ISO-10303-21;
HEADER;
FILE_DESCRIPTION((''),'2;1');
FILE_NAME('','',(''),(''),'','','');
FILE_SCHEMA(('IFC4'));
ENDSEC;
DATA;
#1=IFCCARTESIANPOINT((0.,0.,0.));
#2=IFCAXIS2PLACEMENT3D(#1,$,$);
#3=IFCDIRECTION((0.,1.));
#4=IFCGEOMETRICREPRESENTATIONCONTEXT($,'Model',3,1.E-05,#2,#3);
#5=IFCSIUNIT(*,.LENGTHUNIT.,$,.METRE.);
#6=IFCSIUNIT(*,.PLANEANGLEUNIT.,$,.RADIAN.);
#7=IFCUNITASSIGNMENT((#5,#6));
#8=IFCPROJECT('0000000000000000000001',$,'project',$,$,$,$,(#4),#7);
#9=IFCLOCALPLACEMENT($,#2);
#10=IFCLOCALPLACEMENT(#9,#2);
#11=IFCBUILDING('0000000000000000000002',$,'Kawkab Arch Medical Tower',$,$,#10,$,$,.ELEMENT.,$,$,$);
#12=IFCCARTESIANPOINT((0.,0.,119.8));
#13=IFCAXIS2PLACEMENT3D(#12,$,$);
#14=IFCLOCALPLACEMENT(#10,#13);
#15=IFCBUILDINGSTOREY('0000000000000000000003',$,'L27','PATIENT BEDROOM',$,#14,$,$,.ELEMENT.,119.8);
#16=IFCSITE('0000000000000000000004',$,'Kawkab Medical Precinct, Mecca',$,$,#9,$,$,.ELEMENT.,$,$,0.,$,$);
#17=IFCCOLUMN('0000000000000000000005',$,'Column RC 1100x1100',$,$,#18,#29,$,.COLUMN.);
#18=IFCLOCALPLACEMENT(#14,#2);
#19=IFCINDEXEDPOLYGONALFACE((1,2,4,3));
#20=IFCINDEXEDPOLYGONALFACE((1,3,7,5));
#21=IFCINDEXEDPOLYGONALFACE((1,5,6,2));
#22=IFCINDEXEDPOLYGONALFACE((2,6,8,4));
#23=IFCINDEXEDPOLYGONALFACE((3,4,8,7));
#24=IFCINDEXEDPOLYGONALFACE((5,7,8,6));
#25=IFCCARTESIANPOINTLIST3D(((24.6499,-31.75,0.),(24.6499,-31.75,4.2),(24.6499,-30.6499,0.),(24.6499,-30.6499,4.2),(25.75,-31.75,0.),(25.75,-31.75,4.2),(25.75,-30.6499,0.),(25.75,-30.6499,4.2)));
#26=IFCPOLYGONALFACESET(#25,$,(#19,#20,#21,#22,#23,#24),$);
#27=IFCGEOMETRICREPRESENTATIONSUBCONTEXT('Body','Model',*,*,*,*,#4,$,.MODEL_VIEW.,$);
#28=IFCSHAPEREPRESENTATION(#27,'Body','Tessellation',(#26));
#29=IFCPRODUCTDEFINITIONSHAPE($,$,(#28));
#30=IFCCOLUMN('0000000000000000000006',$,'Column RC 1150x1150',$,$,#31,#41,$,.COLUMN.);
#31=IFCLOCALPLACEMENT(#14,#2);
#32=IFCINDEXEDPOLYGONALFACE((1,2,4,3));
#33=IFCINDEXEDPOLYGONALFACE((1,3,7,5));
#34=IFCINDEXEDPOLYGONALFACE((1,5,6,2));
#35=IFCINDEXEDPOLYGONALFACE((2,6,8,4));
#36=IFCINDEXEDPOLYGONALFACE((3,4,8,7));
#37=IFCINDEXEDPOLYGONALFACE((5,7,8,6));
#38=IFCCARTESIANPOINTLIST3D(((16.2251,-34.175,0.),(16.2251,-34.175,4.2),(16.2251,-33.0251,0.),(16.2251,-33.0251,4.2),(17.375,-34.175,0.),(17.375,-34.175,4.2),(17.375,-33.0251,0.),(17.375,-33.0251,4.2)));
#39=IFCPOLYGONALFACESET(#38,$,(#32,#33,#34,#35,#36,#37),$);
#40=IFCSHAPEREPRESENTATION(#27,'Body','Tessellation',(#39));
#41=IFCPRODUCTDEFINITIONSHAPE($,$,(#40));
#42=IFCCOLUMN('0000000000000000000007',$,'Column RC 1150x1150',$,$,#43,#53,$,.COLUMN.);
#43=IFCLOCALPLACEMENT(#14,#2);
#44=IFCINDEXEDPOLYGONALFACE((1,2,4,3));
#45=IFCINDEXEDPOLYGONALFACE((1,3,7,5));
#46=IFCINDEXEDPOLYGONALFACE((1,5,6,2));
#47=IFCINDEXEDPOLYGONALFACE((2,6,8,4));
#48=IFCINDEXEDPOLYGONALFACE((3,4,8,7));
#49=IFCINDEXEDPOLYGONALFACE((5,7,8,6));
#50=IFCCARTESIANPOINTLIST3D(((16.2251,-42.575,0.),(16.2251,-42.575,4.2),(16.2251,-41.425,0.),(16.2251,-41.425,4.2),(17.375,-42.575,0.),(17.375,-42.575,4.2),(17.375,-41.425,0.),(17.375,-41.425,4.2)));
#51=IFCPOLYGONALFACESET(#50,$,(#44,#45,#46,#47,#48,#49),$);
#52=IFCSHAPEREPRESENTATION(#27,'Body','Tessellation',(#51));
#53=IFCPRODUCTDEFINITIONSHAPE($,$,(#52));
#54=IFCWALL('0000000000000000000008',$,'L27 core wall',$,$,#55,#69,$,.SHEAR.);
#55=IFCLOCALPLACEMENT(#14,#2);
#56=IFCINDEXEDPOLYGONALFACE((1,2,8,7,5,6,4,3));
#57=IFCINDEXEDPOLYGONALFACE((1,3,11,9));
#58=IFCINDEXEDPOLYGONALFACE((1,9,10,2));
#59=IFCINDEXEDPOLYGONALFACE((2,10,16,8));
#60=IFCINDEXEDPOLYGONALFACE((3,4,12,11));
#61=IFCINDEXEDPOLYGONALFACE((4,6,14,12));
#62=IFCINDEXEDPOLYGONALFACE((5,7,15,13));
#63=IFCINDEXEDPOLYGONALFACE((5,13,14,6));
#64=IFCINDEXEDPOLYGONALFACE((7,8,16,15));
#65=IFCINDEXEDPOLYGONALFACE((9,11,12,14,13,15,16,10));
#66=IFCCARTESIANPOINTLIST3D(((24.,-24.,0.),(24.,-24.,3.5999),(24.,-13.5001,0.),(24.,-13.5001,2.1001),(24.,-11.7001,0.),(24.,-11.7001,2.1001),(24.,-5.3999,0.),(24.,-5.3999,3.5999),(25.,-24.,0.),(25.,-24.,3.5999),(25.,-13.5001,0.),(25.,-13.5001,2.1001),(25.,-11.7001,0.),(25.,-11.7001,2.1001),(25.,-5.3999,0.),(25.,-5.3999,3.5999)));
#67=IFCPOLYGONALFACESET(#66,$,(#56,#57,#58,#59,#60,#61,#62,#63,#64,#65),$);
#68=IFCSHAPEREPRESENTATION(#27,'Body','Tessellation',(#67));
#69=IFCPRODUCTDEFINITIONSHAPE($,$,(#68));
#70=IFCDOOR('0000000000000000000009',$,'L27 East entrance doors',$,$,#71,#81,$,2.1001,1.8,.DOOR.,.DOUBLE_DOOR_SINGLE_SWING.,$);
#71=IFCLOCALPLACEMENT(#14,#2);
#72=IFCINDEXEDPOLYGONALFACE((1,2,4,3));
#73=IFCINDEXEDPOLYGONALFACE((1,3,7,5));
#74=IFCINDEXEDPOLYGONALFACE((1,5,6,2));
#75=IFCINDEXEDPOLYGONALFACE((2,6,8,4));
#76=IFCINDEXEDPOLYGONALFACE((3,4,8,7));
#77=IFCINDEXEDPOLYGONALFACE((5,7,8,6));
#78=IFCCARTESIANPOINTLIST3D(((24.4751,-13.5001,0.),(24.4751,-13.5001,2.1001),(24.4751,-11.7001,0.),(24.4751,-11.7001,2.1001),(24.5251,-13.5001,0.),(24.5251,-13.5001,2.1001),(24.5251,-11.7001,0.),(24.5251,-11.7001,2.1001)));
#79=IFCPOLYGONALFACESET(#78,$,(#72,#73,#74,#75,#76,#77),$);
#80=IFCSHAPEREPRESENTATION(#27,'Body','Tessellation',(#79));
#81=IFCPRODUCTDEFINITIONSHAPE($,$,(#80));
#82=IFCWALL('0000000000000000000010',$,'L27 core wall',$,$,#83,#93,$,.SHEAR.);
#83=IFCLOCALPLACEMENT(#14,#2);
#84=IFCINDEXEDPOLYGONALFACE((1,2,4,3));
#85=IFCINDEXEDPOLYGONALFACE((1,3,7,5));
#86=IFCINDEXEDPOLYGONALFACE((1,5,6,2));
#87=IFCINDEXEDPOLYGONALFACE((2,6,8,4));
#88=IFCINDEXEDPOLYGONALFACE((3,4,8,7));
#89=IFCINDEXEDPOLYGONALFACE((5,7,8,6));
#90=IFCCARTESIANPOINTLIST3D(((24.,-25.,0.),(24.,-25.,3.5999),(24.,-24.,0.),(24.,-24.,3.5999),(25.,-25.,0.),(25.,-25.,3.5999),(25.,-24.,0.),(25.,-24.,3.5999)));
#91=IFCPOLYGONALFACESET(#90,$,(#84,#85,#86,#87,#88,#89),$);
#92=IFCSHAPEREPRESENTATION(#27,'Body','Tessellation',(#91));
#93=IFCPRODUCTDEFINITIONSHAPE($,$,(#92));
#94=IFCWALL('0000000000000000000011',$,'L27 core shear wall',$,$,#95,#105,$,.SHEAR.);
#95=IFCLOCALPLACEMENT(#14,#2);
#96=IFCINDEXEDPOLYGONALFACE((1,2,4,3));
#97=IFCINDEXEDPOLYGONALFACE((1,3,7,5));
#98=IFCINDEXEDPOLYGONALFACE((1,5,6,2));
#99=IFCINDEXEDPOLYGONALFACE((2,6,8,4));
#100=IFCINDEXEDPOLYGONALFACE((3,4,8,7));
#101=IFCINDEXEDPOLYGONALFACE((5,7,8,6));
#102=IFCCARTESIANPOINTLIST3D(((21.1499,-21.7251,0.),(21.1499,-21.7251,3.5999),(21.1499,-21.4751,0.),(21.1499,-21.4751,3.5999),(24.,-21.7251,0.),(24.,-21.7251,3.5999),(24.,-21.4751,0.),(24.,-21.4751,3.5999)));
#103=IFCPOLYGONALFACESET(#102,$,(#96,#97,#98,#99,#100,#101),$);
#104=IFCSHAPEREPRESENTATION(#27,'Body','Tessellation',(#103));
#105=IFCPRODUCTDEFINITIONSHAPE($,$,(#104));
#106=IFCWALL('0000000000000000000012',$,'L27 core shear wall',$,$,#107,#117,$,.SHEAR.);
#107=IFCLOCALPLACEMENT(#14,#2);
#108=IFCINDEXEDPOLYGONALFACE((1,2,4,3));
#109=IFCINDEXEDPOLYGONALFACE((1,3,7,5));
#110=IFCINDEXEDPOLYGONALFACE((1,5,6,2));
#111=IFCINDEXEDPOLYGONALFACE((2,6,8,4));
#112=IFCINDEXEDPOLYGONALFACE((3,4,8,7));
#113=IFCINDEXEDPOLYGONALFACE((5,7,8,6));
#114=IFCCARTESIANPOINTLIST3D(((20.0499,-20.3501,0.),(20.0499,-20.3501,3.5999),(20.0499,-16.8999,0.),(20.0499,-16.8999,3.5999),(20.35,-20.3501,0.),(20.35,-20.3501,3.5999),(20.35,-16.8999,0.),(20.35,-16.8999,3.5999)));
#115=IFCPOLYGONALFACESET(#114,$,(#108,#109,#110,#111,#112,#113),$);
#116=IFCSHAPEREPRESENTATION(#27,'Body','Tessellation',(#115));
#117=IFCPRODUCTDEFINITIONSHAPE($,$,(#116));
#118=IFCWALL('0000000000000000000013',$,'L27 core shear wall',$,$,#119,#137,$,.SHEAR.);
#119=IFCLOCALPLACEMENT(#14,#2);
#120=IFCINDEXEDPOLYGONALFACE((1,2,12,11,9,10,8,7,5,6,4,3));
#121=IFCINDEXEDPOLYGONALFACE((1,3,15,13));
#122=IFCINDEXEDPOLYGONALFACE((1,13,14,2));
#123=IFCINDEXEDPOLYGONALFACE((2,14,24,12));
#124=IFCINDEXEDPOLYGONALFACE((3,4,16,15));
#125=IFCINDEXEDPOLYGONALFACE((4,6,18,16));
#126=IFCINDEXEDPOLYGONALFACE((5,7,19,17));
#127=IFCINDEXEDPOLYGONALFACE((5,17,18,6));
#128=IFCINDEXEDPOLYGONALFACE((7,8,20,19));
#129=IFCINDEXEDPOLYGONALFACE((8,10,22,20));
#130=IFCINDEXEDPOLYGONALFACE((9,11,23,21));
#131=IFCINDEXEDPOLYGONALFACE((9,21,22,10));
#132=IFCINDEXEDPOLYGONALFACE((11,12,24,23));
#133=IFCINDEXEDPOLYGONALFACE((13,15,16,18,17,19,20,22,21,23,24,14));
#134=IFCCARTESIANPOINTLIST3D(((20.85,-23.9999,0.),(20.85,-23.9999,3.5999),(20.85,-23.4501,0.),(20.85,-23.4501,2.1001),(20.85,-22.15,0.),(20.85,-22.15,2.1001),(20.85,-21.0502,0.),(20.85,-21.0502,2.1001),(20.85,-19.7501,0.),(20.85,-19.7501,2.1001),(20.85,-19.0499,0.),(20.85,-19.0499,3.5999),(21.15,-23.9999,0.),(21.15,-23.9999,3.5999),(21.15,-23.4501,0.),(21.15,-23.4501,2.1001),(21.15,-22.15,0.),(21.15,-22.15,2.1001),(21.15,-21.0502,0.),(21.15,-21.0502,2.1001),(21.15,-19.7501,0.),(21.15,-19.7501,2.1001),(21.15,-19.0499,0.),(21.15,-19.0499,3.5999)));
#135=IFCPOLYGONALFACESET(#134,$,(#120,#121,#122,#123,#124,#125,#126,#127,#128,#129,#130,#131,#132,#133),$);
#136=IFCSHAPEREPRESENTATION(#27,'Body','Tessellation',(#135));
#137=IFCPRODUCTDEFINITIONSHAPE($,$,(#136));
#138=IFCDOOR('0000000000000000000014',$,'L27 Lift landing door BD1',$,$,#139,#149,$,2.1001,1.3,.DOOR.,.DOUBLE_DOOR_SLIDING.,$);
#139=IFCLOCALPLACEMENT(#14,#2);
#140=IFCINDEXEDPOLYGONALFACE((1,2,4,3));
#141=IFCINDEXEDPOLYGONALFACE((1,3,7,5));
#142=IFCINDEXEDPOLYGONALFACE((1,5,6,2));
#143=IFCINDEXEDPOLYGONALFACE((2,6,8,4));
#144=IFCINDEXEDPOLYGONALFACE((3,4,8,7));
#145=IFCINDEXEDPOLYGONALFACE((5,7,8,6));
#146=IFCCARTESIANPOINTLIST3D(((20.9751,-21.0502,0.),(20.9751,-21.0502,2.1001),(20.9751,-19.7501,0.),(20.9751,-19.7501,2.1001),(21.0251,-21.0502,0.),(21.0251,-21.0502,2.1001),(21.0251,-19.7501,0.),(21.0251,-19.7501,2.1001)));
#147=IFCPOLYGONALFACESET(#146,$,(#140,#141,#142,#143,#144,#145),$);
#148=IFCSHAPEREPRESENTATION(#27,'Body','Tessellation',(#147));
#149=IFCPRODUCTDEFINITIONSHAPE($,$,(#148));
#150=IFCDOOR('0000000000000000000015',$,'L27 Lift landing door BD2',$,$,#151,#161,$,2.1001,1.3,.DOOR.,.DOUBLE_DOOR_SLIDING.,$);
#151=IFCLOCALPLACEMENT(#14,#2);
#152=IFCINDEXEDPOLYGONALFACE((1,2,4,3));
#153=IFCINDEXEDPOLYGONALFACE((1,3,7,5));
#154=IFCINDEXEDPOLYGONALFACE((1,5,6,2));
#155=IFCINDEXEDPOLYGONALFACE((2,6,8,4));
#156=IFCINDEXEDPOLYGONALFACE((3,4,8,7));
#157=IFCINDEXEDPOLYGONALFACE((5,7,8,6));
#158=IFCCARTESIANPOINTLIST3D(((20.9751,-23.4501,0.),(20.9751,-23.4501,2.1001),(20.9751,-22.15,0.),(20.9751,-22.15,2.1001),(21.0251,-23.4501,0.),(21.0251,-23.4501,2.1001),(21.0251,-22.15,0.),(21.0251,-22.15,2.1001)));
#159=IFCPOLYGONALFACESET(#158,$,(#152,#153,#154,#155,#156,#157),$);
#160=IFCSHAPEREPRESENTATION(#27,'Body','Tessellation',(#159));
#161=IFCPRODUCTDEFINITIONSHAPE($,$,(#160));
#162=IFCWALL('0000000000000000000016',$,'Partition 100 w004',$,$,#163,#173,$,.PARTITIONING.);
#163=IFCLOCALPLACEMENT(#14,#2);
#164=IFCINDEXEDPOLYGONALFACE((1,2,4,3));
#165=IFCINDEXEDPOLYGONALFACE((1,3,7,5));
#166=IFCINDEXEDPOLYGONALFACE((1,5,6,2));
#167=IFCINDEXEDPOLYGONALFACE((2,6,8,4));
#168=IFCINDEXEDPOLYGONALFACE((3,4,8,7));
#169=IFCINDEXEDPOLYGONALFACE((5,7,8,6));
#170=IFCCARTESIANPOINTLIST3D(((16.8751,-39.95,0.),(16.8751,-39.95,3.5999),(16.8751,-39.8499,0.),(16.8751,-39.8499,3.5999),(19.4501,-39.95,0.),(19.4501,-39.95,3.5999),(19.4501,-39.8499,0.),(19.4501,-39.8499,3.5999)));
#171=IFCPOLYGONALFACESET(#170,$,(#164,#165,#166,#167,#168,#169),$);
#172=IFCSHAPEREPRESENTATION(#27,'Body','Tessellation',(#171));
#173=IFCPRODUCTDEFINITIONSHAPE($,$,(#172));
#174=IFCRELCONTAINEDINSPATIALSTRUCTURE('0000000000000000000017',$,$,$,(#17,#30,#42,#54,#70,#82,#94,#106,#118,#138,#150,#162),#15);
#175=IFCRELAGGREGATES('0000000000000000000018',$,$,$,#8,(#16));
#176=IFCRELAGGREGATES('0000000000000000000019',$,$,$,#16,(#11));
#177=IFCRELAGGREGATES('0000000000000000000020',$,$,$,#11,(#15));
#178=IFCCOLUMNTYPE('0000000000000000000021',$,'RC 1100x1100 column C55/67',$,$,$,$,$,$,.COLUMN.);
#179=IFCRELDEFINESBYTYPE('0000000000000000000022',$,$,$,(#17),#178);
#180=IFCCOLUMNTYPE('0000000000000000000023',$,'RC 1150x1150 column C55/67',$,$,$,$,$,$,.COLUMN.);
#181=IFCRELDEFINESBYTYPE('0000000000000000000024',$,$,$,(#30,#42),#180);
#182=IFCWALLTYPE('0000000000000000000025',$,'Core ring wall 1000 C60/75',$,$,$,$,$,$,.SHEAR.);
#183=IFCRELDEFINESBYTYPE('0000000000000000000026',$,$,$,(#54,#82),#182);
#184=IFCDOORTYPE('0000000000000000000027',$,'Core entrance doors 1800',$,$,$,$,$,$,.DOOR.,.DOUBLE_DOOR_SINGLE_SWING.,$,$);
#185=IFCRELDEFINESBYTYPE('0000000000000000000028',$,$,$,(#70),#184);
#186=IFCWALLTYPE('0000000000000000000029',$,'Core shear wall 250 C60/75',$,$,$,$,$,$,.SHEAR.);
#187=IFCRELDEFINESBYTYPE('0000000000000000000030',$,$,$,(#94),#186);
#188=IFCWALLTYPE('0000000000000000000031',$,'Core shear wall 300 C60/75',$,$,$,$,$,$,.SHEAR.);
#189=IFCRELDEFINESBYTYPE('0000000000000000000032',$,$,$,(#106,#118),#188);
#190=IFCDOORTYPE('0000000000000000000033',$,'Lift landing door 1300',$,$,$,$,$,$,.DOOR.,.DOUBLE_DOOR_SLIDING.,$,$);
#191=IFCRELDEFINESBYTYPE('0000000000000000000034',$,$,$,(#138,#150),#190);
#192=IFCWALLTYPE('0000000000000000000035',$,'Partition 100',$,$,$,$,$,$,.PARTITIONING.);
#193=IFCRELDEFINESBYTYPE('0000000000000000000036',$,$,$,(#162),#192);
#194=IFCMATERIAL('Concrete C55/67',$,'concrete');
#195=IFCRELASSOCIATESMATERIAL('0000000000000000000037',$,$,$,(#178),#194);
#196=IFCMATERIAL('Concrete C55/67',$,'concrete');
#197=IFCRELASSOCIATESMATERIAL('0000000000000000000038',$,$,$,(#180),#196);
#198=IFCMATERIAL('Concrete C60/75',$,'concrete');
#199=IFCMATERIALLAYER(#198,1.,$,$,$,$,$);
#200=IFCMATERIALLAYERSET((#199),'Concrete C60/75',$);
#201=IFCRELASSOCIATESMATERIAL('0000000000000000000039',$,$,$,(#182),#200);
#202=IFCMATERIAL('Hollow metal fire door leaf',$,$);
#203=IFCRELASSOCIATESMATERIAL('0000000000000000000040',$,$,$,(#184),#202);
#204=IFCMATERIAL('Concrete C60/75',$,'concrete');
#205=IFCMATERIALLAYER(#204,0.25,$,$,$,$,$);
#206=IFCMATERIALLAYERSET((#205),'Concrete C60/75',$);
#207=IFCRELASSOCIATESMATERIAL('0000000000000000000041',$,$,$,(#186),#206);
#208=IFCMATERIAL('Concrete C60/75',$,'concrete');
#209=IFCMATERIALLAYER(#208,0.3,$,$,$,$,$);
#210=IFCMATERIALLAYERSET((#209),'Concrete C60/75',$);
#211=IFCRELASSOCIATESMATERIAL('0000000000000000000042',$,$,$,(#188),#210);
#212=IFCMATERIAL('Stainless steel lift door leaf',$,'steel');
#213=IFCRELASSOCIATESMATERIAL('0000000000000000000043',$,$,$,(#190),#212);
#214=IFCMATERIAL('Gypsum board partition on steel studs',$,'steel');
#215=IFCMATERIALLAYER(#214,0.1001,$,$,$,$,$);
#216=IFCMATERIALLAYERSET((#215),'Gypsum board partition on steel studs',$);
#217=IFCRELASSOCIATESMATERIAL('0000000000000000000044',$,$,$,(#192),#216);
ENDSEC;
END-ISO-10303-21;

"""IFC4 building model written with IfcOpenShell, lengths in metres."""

from ifc_helpers import new_model, si_unit, direction, frame, frame_2d, origin, origin_2d, place, context, subcontext, project, spatial, rectangle, extrude, material, layer, layer_set, material_profile, profile_set, type_object, element, fill, save


model = new_model("IFC4")

# Units and contexts
model_context = context("Model", 3, precision=1e-05, world=origin(), true_north=direction((0.0, 1.0)))
body_context = subcontext(model_context, "Body", "Model", "MODEL_VIEW")
ifc_project = project(units=[si_unit("LENGTHUNIT", "METRE"), si_unit("PLANEANGLEUNIT", "RADIAN")], contexts=[model_context])

# Site, building, storey
site_placement = place(None, origin())
site = spatial("IfcSite", under=ifc_project, at=site_placement, Name="Kawkab Medical Precinct, Mecca", CompositionType="ELEMENT", RefElevation=0.0)
building_placement = place(site_placement, origin())
building = spatial("IfcBuilding", under=site, at=building_placement, Name="Kawkab Arch Medical Tower", CompositionType="ELEMENT")
storey_placement = place(building_placement, frame((0.0, 0.0, 119.8)))
storey = spatial("IfcBuildingStorey", under=building, at=storey_placement, Name="L27", Description="PATIENT BEDROOM", CompositionType="ELEMENT", Elevation=119.8)

# Columns
ifc_material_1 = material(Name="Concrete C55/67", Category="concrete")
ifc_material_profile_1 = material_profile(ifc_material_1, rectangle(XDim=1.1001, YDim=1.1001, at=origin_2d()), Name="RC 1100x1100")
ifc_profile_set_1 = profile_set([ifc_material_profile_1], Name="Concrete C55/67")
column_type_1 = type_object("IfcColumnType", Name="RC 1100x1100 column C55/67", PredefinedType="COLUMN", material=ifc_profile_set_1)
column_placement = place(storey_placement, frame((25.2, -31.2, 0.0), z_axis=(0.0, 0.0, 1.0), x_axis=(1.0, 0.0, 0.0)))
element("IfcColumn", 1, at=column_placement, inside=storey, type_object=column_type_1, Name="Column RC 1100x1100", PredefinedType="COLUMN", context=body_context, shape_type="SweptSolid", body=[
    extrude(rectangle(XDim=1.1001, YDim=1.1001, at=origin_2d()), origin(), (0.0, 0.0, 1.0), 4.2),
])
ifc_material_2 = material(Name="Concrete C55/67", Category="concrete")
ifc_material_profile_2 = material_profile(ifc_material_2, rectangle(XDim=1.1499, YDim=1.1499, at=origin_2d()), Name="RC 1150x1150")
ifc_profile_set_2 = profile_set([ifc_material_profile_2], Name="Concrete C55/67")
column_type_2 = type_object("IfcColumnType", Name="RC 1150x1150 column C55/67", PredefinedType="COLUMN", material=ifc_profile_set_2)
for number, where, z_axis, x_axis, name in (
    (2, (16.8, -33.6001, 0.0), (0.0, 0.0, 1.0), (1.0, 0.0, 0.0), "Column RC 1150x1150"),
    (3, (16.8, -42.0, 0.0), (0.0, 0.0, 1.0), (1.0, 0.0, 0.0), "Column RC 1150x1150"),
):
    element("IfcColumn", number, at=place(storey_placement, frame(where, z_axis=z_axis, x_axis=x_axis)), inside=storey, type_object=column_type_2, Name=name, PredefinedType="COLUMN", context=body_context, shape_type="SweptSolid", body=[
        extrude(rectangle(XDim=1.1499, YDim=1.1499, at=origin_2d()), origin(), (0.0, 0.0, 1.0), 4.2),
    ])

# Wall, opening, door
ifc_material_3 = material(Name="Concrete C60/75", Category="concrete")
ifc_layer_1 = layer(ifc_material_3, 1.0)
ifc_layer_set_1 = layer_set([ifc_layer_1], Name="Concrete C60/75")
wall_type_1 = type_object("IfcWallType", Name="Core ring wall 1000 C60/75", PredefinedType="SHEAR", material=ifc_layer_set_1)
wall_1_placement = place(storey_placement, frame((24.5, -24.0, 0.0), z_axis=(0.0, 0.0, 1.0), x_axis=(0.0, 1.0, 0.0)))
wall_1 = element("IfcWall", 4, at=wall_1_placement, inside=storey, type_object=wall_type_1, Name="L27 core wall", PredefinedType="SHEAR", context=body_context, shape_type="SweptSolid", body=[
    extrude(rectangle(XDim=18.6001, YDim=1.0, at=frame_2d((9.3, 0.0))), origin(), (0.0, 0.0, 1.0), 3.5999),
])
opening_1_placement = place(wall_1_placement, frame((10.5, 0.0, 0.0)))
opening_1 = element("IfcOpeningElement", 5, at=opening_1_placement, cuts=wall_1, PredefinedType="OPENING", context=body_context, shape_type="SweptSolid", body=[
    extrude(rectangle(XDim=1.8, YDim=2.1001, at=frame_2d((0.8999, 1.05))), frame((0.0, 0.51, 0.0), z_axis=(0.0, -1.0, 0.0), x_axis=(1.0, 0.0, 0.0)), (0.0, 0.0, 1.0), 1.02),
])
ifc_material_4 = material(Name="Hollow metal fire door leaf")
door_type_1 = type_object("IfcDoorType", Name="Core entrance doors 1800", OperationType="DOUBLE_DOOR_SINGLE_SWING", PredefinedType="DOOR", material=ifc_material_4)
door_1_placement = place(opening_1_placement, origin())
door_1 = element("IfcDoor", 6, at=door_1_placement, inside=storey, type_object=door_type_1, Name="L27 East entrance doors", OperationType="DOUBLE_DOOR_SINGLE_SWING", OverallHeight=2.1001, OverallWidth=1.8, PredefinedType="DOOR", context=body_context, shape_type="SweptSolid", body=[
    extrude(rectangle(XDim=1.8, YDim=2.1001, at=frame_2d((0.8999, 1.05))), frame((0.0, 0.0249, 0.0), z_axis=(0.0, -1.0, 0.0), x_axis=(1.0, 0.0, 0.0)), (0.0, 0.0, 1.0), 0.05),
])
fill(opening_1, door_1)

# Walls
wall_2_placement = place(storey_placement, frame((24.5, -25.0, 0.0), z_axis=(0.0, 0.0, 1.0), x_axis=(0.0, 1.0, 0.0)))
element("IfcWall", 7, at=wall_2_placement, inside=storey, type_object=wall_type_1, Name="L27 core wall", PredefinedType="SHEAR", context=body_context, shape_type="SweptSolid", body=[
    extrude(rectangle(XDim=1.0, YDim=1.0, at=frame_2d((0.5, 0.0))), origin(), (0.0, 0.0, 1.0), 3.5999),
])
ifc_material_5 = material(Name="Concrete C60/75", Category="concrete")
ifc_layer_2 = layer(ifc_material_5, 0.25)
ifc_layer_set_2 = layer_set([ifc_layer_2], Name="Concrete C60/75")
wall_type_2 = type_object("IfcWallType", Name="Core shear wall 250 C60/75", PredefinedType="SHEAR", material=ifc_layer_set_2)
wall_3_placement = place(storey_placement, frame((21.1499, -21.6001, 0.0), z_axis=(0.0, 0.0, 1.0), x_axis=(1.0, 0.0, 0.0)))
element("IfcWall", 8, at=wall_3_placement, inside=storey, type_object=wall_type_2, Name="L27 core shear wall", PredefinedType="SHEAR", context=body_context, shape_type="SweptSolid", body=[
    extrude(rectangle(XDim=2.8501, YDim=0.25, at=frame_2d((1.425, 0.0))), origin(), (0.0, 0.0, 1.0), 3.5999),
])
ifc_material_6 = material(Name="Concrete C60/75", Category="concrete")
ifc_layer_3 = layer(ifc_material_6, 0.3)
ifc_layer_set_3 = layer_set([ifc_layer_3], Name="Concrete C60/75")
wall_type_3 = type_object("IfcWallType", Name="Core shear wall 300 C60/75", PredefinedType="SHEAR", material=ifc_layer_set_3)
wall_4_placement = place(storey_placement, frame((20.2, -20.3501, 0.0), z_axis=(0.0, 0.0, 1.0), x_axis=(0.0, 1.0, 0.0)))
element("IfcWall", 9, at=wall_4_placement, inside=storey, type_object=wall_type_3, Name="L27 core shear wall", PredefinedType="SHEAR", context=body_context, shape_type="SweptSolid", body=[
    extrude(rectangle(XDim=3.4502, YDim=0.3, at=frame_2d((1.7251, 0.0))), origin(), (0.0, 0.0, 1.0), 3.5999),
])

# Wall, openings, doors
wall_5_placement = place(storey_placement, frame((21.0, -24.0, 0.0), z_axis=(0.0, 0.0, 1.0), x_axis=(0.0, 1.0, 0.0)))
wall_5 = element("IfcWall", 10, at=wall_5_placement, inside=storey, type_object=wall_type_3, Name="L27 core shear wall", PredefinedType="SHEAR", context=body_context, shape_type="SweptSolid", body=[
    extrude(rectangle(XDim=4.95, YDim=0.3, at=frame_2d((2.4751, 0.0))), origin(), (0.0, 0.0, 1.0), 3.5999),
])
opening_2_placement = place(wall_5_placement, frame((2.95, 0.0, 0.0)))
opening_2 = element("IfcOpeningElement", 11, at=opening_2_placement, cuts=wall_5, PredefinedType="OPENING", context=body_context, shape_type="SweptSolid", body=[
    extrude(rectangle(XDim=1.3, YDim=2.1001, at=frame_2d((0.6499, 1.05))), frame((0.0, 0.1599, 0.0), z_axis=(0.0, -1.0, 0.0), x_axis=(1.0, 0.0, 0.0)), (0.0, 0.0, 1.0), 0.3201),
])
opening_3_placement = place(wall_5_placement, frame((0.55, 0.0, 0.0)))
opening_3 = element("IfcOpeningElement", 12, at=opening_3_placement, cuts=wall_5, PredefinedType="OPENING", context=body_context, shape_type="SweptSolid", body=[
    extrude(rectangle(XDim=1.3, YDim=2.1001, at=frame_2d((0.6499, 1.05))), frame((0.0, 0.1599, 0.0), z_axis=(0.0, -1.0, 0.0), x_axis=(1.0, 0.0, 0.0)), (0.0, 0.0, 1.0), 0.3201),
])
ifc_material_7 = material(Name="Stainless steel lift door leaf", Category="steel")
door_type_2 = type_object("IfcDoorType", Name="Lift landing door 1300", OperationType="DOUBLE_DOOR_SLIDING", PredefinedType="DOOR", material=ifc_material_7)
door_2_placement = place(opening_2_placement, origin())
door_2 = element("IfcDoor", 13, at=door_2_placement, inside=storey, type_object=door_type_2, Name="L27 Lift landing door BD1", OperationType="DOUBLE_DOOR_SLIDING", OverallHeight=2.1001, OverallWidth=1.3, PredefinedType="DOOR", context=body_context, shape_type="SweptSolid", body=[
    extrude(rectangle(XDim=1.3, YDim=2.1001, at=frame_2d((0.6499, 1.05))), frame((0.0, 0.0249, 0.0), z_axis=(0.0, -1.0, 0.0), x_axis=(1.0, 0.0, 0.0)), (0.0, 0.0, 1.0), 0.05),
])
fill(opening_2, door_2)
door_3_placement = place(opening_3_placement, origin())
door_3 = element("IfcDoor", 14, at=door_3_placement, inside=storey, type_object=door_type_2, Name="L27 Lift landing door BD2", OperationType="DOUBLE_DOOR_SLIDING", OverallHeight=2.1001, OverallWidth=1.3, PredefinedType="DOOR", context=body_context, shape_type="SweptSolid", body=[
    extrude(rectangle(XDim=1.3, YDim=2.1001, at=frame_2d((0.6499, 1.05))), frame((0.0, 0.0249, 0.0), z_axis=(0.0, -1.0, 0.0), x_axis=(1.0, 0.0, 0.0)), (0.0, 0.0, 1.0), 0.05),
])
fill(opening_3, door_3)

# Wall
ifc_material_8 = material(Name="Gypsum board partition on steel studs", Category="steel")
ifc_layer_4 = layer(ifc_material_8, 0.1001)
ifc_layer_set_4 = layer_set([ifc_layer_4], Name="Gypsum board partition on steel studs")
wall_type_4 = type_object("IfcWallType", Name="Partition 100", PredefinedType="PARTITIONING", material=ifc_layer_set_4)
wall_6_placement = place(storey_placement, frame((16.875, -39.8999, 0.0), z_axis=(0.0, 0.0, 1.0), x_axis=(1.0, 0.0, 0.0)))
element("IfcWall", 15, at=wall_6_placement, inside=storey, type_object=wall_type_4, Name="Partition 100 w004", PredefinedType="PARTITIONING", context=body_context, shape_type="SweptSolid", body=[
    extrude(rectangle(XDim=2.575, YDim=0.1001, at=frame_2d((1.2876, 0.0))), origin(), (0.0, 0.0, 1.0), 3.5999),
])

save(model, "model.ifc")
